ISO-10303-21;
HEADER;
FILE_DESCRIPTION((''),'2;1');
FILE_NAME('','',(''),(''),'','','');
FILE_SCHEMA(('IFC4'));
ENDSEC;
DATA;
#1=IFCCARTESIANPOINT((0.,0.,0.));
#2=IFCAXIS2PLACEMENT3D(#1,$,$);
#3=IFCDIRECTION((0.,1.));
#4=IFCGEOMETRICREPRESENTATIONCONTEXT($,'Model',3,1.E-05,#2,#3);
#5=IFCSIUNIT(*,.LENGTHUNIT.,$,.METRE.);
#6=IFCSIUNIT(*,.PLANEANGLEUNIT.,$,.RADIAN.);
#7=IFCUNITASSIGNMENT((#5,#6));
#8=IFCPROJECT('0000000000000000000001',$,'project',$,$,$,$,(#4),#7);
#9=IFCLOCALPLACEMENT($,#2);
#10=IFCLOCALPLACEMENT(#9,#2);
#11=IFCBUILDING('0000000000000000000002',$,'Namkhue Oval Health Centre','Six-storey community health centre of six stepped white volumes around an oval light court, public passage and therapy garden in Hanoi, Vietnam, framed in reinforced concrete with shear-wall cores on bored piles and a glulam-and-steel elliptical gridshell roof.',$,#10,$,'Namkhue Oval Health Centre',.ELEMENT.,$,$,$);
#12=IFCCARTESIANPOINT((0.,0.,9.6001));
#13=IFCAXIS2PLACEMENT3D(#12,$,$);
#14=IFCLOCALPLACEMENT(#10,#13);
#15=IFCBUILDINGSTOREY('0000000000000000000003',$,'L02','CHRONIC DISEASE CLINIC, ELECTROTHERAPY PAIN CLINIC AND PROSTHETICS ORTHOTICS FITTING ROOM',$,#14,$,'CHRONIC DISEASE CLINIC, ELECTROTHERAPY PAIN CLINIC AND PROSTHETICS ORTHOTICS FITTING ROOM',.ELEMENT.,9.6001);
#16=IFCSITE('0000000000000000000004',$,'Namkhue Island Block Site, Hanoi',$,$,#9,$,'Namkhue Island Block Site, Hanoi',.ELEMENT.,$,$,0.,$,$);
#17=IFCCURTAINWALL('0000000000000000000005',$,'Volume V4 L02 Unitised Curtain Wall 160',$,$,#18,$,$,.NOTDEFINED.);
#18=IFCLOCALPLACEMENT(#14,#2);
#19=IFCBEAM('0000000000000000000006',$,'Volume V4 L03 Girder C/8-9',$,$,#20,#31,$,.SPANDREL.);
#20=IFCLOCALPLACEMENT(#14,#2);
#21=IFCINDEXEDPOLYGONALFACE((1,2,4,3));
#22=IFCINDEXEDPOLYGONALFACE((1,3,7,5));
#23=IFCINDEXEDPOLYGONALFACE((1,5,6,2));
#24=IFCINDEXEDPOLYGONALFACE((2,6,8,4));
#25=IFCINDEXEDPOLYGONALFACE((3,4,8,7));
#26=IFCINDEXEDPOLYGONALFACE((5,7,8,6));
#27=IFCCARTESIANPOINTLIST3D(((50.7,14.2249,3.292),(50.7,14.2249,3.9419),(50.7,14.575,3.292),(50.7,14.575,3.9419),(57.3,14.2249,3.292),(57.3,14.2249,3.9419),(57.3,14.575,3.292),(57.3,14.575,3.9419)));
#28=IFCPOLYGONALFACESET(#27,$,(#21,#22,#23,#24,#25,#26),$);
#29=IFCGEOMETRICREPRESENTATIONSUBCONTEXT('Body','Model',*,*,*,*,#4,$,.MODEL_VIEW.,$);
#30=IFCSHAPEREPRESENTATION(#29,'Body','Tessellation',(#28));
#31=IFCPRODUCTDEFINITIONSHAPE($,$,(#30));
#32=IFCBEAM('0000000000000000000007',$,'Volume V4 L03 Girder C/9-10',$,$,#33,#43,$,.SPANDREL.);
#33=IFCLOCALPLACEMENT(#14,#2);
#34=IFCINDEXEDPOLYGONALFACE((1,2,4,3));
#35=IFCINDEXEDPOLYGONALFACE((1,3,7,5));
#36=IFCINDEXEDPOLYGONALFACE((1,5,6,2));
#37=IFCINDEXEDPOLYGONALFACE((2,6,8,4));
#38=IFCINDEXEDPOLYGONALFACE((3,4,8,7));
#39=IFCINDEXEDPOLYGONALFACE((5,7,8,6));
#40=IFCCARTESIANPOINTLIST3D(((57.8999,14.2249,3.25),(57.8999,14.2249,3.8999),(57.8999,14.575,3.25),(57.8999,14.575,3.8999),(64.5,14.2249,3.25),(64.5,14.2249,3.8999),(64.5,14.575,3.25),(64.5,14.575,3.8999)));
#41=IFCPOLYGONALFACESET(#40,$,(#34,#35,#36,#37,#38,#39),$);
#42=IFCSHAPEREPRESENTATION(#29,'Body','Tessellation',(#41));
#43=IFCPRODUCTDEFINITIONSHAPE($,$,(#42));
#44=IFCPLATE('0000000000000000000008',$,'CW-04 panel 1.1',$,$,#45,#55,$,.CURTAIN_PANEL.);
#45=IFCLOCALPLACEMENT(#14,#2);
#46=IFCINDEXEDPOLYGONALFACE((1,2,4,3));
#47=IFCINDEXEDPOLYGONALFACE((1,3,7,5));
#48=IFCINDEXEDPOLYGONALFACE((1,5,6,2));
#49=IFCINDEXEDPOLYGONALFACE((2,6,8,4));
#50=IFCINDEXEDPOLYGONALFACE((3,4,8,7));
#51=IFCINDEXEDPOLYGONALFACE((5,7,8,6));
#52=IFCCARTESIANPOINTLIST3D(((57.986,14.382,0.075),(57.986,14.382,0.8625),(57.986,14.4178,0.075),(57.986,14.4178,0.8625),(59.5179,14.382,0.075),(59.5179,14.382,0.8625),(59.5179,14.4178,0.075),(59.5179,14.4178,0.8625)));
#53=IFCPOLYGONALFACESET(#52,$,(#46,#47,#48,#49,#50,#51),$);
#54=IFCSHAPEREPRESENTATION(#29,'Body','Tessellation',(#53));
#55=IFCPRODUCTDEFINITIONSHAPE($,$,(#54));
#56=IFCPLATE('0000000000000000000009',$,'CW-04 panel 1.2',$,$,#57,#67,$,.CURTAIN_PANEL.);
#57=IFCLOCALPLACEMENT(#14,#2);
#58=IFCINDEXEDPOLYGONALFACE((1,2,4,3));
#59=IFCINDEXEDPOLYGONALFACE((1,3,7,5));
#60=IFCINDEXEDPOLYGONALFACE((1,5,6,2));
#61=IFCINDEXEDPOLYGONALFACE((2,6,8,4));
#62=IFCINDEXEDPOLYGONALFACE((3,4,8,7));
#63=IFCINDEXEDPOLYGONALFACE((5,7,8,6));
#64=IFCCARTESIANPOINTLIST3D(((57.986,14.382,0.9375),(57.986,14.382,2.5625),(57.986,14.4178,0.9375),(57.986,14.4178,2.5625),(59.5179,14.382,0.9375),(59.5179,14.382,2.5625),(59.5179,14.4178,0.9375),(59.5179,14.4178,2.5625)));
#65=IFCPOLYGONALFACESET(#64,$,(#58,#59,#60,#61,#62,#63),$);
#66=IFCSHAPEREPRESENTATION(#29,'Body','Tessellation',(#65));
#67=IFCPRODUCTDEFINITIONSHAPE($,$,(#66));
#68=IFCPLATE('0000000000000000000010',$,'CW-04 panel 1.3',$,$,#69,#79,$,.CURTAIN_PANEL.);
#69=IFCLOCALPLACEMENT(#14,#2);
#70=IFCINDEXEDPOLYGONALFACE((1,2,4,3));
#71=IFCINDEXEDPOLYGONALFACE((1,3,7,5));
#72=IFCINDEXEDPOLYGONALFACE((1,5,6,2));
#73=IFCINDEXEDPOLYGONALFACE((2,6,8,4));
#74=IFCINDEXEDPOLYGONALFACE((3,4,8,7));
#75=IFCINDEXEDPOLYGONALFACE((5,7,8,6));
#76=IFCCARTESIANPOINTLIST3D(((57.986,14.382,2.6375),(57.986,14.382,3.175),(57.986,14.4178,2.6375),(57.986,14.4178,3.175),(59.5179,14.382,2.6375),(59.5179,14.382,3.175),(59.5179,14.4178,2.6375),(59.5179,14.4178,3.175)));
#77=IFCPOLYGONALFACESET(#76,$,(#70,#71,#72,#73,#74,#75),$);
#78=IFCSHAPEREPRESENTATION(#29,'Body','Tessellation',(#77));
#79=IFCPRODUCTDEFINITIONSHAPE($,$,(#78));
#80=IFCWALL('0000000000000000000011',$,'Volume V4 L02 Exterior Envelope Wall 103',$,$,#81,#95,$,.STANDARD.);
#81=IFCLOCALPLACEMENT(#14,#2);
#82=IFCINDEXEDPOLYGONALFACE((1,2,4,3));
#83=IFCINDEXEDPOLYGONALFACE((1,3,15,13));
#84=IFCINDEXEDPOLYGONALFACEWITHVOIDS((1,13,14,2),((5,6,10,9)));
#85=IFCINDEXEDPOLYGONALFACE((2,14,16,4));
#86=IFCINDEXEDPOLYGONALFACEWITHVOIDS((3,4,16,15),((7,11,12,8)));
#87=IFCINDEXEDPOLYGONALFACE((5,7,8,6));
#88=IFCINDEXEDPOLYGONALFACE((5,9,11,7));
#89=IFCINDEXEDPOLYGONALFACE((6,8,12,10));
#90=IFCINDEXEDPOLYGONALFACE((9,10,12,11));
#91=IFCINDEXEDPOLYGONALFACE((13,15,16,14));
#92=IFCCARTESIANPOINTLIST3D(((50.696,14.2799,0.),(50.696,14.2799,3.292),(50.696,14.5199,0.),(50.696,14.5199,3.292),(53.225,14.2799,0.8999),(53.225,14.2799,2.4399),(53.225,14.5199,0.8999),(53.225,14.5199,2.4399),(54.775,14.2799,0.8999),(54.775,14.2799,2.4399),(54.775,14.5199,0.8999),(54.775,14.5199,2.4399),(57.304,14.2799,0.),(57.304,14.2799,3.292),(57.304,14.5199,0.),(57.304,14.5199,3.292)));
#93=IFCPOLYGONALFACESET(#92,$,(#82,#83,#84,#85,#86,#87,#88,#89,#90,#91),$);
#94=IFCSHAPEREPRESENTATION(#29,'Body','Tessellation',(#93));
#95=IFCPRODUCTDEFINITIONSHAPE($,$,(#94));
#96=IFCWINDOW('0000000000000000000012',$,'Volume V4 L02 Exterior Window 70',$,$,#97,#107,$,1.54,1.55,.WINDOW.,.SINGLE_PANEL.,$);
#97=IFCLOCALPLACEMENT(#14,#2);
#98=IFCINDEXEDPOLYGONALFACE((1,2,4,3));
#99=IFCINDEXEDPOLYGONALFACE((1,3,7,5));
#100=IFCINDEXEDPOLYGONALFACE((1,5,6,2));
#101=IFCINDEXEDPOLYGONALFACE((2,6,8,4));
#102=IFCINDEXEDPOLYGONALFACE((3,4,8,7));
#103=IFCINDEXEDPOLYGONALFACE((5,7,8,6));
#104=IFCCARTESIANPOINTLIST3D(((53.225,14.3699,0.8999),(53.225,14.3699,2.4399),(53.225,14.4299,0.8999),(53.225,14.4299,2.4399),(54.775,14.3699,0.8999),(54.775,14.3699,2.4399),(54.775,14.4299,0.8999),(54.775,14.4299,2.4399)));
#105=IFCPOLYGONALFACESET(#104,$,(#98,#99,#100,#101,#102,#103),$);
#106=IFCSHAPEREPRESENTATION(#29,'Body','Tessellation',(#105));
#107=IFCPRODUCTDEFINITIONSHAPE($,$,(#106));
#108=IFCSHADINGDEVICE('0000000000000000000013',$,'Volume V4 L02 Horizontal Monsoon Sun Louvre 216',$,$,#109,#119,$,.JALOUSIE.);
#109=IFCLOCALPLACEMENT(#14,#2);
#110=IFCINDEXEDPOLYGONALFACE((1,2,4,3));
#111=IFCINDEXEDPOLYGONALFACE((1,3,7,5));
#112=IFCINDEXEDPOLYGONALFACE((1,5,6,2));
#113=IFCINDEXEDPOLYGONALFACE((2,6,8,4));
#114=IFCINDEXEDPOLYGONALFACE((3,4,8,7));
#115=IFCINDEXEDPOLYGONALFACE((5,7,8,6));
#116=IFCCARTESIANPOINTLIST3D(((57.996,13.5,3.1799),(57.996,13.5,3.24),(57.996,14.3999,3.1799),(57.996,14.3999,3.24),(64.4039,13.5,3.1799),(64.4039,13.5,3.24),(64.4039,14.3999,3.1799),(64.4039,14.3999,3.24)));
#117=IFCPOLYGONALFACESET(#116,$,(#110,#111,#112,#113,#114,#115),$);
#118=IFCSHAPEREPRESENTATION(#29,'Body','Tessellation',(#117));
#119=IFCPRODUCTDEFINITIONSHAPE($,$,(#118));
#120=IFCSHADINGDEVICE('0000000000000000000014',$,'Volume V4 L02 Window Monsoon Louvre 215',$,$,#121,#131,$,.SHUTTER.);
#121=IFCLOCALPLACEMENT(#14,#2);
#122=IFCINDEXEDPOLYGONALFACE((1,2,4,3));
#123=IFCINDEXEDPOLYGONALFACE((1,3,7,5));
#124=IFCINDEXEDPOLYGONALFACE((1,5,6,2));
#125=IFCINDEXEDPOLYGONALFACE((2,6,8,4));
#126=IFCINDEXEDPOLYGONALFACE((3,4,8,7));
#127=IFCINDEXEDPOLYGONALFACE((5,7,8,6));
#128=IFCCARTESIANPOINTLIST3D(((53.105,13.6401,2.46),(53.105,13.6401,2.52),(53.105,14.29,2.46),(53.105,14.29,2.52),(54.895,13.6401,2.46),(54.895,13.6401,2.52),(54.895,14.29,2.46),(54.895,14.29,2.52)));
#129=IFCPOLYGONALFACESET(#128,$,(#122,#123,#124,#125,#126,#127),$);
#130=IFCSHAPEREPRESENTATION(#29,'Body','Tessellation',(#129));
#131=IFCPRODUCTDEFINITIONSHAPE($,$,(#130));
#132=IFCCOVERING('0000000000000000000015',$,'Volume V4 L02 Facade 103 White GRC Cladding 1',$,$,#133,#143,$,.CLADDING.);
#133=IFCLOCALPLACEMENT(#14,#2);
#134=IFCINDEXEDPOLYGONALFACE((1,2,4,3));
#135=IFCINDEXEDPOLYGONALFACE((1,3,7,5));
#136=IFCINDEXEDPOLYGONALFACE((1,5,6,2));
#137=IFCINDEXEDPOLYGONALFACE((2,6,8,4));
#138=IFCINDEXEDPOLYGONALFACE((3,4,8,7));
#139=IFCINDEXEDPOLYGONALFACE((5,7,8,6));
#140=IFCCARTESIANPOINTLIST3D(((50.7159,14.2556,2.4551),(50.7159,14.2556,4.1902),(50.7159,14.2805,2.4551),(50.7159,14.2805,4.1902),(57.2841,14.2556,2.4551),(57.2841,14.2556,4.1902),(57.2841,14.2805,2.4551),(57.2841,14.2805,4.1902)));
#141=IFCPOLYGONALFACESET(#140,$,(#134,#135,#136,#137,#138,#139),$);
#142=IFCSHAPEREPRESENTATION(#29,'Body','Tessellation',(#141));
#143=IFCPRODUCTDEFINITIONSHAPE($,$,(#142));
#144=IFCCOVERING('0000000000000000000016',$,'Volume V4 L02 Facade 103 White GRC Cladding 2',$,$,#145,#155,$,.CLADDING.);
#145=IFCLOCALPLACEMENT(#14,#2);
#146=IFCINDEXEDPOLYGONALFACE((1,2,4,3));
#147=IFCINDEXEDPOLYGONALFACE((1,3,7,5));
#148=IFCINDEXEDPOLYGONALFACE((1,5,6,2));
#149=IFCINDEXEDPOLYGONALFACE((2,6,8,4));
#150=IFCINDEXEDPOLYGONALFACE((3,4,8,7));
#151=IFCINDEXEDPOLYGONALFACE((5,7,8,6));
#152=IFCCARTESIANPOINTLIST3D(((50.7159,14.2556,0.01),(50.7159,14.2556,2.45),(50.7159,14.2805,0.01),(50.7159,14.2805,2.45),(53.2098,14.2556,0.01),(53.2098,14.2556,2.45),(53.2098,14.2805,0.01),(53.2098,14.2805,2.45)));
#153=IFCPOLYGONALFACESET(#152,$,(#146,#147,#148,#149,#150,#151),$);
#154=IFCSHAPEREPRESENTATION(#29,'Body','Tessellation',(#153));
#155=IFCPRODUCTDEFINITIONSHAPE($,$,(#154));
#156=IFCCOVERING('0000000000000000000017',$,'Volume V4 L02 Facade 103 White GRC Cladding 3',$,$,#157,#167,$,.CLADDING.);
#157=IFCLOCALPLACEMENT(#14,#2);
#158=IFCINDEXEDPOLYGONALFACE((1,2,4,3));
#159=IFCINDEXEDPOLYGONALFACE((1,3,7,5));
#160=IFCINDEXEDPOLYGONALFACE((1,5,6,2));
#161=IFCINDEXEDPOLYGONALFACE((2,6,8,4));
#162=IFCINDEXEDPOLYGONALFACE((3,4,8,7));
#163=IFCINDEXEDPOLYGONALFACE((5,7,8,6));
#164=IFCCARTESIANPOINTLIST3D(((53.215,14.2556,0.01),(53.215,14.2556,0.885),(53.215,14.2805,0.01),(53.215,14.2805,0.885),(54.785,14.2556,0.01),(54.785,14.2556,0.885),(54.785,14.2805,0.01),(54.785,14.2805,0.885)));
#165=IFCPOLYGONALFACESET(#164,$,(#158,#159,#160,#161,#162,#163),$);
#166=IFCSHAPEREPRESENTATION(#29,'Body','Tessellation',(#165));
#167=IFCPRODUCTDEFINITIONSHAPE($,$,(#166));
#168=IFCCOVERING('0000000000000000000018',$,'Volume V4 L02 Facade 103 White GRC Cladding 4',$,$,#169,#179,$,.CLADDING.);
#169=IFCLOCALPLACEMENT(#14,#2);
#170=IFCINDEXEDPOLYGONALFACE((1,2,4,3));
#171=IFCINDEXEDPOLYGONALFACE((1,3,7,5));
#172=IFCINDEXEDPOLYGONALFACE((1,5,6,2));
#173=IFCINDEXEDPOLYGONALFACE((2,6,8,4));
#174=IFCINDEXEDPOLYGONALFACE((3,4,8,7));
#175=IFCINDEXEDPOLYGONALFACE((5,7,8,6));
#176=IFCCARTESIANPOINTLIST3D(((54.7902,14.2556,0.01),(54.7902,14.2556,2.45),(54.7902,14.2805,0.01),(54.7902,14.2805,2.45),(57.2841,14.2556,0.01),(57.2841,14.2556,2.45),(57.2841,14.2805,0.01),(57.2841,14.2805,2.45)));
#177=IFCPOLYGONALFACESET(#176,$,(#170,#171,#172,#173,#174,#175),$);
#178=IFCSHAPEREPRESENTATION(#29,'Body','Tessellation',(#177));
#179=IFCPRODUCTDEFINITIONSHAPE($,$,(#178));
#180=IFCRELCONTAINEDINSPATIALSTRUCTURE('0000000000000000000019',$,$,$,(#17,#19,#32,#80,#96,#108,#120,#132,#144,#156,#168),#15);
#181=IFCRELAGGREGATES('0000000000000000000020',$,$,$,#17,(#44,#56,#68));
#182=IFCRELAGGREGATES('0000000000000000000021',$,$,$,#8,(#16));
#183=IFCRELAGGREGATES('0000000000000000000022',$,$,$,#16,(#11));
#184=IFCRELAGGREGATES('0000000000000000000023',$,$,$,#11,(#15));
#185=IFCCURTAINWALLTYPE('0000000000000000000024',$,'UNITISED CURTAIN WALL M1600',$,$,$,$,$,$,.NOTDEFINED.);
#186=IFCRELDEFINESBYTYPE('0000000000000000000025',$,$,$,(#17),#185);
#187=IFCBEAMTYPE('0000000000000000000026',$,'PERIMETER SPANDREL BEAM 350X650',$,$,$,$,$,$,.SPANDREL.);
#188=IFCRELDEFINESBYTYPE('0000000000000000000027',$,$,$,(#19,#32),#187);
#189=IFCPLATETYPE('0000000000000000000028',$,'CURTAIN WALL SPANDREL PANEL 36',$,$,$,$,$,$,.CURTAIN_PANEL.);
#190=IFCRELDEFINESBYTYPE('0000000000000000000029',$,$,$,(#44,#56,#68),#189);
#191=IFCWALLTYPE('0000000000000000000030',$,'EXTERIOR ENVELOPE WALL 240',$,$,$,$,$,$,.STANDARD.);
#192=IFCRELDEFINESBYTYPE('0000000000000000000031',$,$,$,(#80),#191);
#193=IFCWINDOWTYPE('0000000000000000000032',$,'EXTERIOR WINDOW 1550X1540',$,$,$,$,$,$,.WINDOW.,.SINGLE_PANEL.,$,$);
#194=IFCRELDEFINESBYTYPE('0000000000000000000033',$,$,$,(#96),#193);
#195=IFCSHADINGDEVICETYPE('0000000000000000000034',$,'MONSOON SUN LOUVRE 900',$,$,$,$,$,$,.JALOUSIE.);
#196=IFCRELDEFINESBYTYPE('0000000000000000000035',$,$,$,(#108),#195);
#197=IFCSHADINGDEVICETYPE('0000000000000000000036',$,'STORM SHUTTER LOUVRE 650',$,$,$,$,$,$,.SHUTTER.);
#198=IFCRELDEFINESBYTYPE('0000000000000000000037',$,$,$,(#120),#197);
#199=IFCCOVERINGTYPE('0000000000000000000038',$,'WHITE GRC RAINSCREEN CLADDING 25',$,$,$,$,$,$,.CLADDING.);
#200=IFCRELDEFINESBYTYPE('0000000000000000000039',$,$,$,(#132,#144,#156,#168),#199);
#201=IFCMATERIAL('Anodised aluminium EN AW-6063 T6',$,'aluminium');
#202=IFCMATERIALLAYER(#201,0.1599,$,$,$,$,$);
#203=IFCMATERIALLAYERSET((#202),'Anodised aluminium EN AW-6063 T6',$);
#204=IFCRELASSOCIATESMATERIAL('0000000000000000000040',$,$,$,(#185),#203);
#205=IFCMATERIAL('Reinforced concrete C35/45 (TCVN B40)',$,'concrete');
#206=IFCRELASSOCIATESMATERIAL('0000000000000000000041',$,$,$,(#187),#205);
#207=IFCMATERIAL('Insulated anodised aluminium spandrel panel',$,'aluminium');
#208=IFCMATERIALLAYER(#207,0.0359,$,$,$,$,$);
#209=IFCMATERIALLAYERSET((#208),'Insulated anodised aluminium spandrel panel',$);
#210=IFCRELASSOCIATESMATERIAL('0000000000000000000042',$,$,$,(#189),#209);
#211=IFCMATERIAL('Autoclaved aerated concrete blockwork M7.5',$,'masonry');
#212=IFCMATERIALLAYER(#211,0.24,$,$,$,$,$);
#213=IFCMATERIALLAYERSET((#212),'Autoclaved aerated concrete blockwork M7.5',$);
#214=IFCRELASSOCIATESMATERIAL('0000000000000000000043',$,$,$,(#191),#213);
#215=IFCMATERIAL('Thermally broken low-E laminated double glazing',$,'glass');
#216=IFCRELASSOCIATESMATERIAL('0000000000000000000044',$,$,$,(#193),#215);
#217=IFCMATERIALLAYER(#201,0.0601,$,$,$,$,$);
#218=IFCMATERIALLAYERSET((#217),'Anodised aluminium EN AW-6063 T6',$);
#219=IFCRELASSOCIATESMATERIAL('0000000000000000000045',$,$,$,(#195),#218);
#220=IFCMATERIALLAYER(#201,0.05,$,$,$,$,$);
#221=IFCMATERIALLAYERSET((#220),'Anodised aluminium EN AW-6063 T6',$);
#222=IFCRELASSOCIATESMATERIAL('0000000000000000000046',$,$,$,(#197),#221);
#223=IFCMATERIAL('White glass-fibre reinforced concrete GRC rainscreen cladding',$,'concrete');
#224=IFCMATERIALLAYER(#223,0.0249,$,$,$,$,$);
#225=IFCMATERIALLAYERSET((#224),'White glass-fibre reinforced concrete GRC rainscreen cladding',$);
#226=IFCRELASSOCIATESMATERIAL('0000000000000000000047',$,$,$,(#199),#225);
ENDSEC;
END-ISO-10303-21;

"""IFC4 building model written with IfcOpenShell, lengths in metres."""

from ifc_helpers import new_model, si_unit, direction, frame, frame_2d, origin, origin_2d, place, context, subcontext, project, spatial, rectangle, extrude, material, layer, layer_set, material_profile, profile_set, type_object, element, fill, aggregate, save


model = new_model("IFC4")

# Units and contexts
model_context = context("Model", 3, precision=1e-05, world=origin(), true_north=direction((0.0, 1.0)))
body_context = subcontext(model_context, "Body", "Model", "MODEL_VIEW")
ifc_project = project(units=[si_unit("LENGTHUNIT", "METRE"), si_unit("PLANEANGLEUNIT", "RADIAN")], contexts=[model_context])

# Site, building, storey
site_placement = place(None, origin())
site = spatial("IfcSite", under=ifc_project, at=site_placement, Name="Namkhue Island Block Site, Hanoi", LongName="Namkhue Island Block Site, Hanoi", CompositionType="ELEMENT", RefElevation=0.0)
building_placement = place(site_placement, origin())
building = spatial("IfcBuilding", under=site, at=building_placement, Name="Namkhue Oval Health Centre", Description="Six-storey community health centre of six stepped white volumes around an oval light court, public passage and therapy garden in Hanoi, Vietnam, framed in reinforced concrete with shear-wall cores on bored piles and a glulam-and-steel elliptical gridshell roof.", LongName="Namkhue Oval Health Centre", CompositionType="ELEMENT")
storey_placement = place(building_placement, frame((0.0, 0.0, 9.6001)))
storey = spatial("IfcBuildingStorey", under=building, at=storey_placement, Name="L02", Description="CHRONIC DISEASE CLINIC, ELECTROTHERAPY PAIN CLINIC AND PROSTHETICS ORTHOTICS FITTING ROOM", LongName="CHRONIC DISEASE CLINIC, ELECTROTHERAPY PAIN CLINIC AND PROSTHETICS ORTHOTICS FITTING ROOM", CompositionType="ELEMENT", Elevation=9.6001)

# Shared definitions
ifc_material_1 = material(Name="Reinforced concrete C35/45 (TCVN B40)", Category="concrete")

# Curtain wall
ifc_material_2 = material(Name="Anodised aluminium EN AW-6063 T6", Category="aluminium")
ifc_layer_1 = layer(ifc_material_2, 0.1599)
ifc_layer_set_1 = layer_set([ifc_layer_1], Name="Anodised aluminium EN AW-6063 T6")
curtain_wall_type = type_object("IfcCurtainWallType", Name="UNITISED CURTAIN WALL M1600", PredefinedType="NOTDEFINED", material=ifc_layer_set_1)
curtain_wall_placement = place(storey_placement, origin())
curtain_wall = element("IfcCurtainWall", 1, at=curtain_wall_placement, inside=storey, type_object=curtain_wall_type, Name="Volume V4 L02 Unitised Curtain Wall 160", PredefinedType="NOTDEFINED")

# Beams
ifc_material_profile_1 = material_profile(ifc_material_1, rectangle(XDim=0.3501, YDim=0.6499, at=origin_2d()), Name="RC 350x650")
ifc_profile_set_1 = profile_set([ifc_material_profile_1], Name="Reinforced concrete C35/45 (TCVN B40)")
beam_type = type_object("IfcBeamType", Name="PERIMETER SPANDREL BEAM 350X650", PredefinedType="SPANDREL", material=ifc_profile_set_1)
for number, where, z_axis, x_axis, name in (
    (2, (50.7, 14.3999, 3.6169), (1.0, 0.0, 0.0), (0.0, 1.0, 0.0), "Volume V4 L03 Girder C/8-9"),
    (3, (57.8999, 14.3999, 3.575), (1.0, 0.0, 0.0), (0.0, 1.0, 0.0), "Volume V4 L03 Girder C/9-10"),
):
    element("IfcBeam", number, at=place(storey_placement, frame(where, z_axis=z_axis, x_axis=x_axis)), inside=storey, type_object=beam_type, Name=name, PredefinedType="SPANDREL", context=body_context, shape_type="SweptSolid", body=[
        extrude(rectangle(XDim=0.3501, YDim=0.6499, at=origin_2d()), origin(), (0.0, 0.0, 1.0), 6.6001),
    ])

# Plates
ifc_material_3 = material(Name="Insulated anodised aluminium spandrel panel", Category="aluminium")
ifc_layer_2 = layer(ifc_material_3, 0.0359)
ifc_layer_set_2 = layer_set([ifc_layer_2], Name="Insulated anodised aluminium spandrel panel")
plate_type = type_object("IfcPlateType", Name="CURTAIN WALL SPANDREL PANEL 36", PredefinedType="CURTAIN_PANEL", material=ifc_layer_set_2)
plate_1_placement = place(storey_placement, frame((58.752, 14.3999, 0.075), z_axis=(0.0, 0.0, 1.0), x_axis=(1.0, 0.0, 0.0)))
plate_1 = element("IfcPlate", 4, at=plate_1_placement, type_object=plate_type, Name="CW-04 panel 1.1", PredefinedType="CURTAIN_PANEL", context=body_context, shape_type="SweptSolid", body=[
    extrude(rectangle(XDim=1.532, YDim=0.0359, at=origin_2d()), origin(), (0.0, 0.0, 1.0), 0.7876),
])
plate_2_placement = place(storey_placement, frame((58.752, 14.3999, 0.9375), z_axis=(0.0, 0.0, 1.0), x_axis=(1.0, 0.0, 0.0)))
plate_2 = element("IfcPlate", 5, at=plate_2_placement, type_object=plate_type, Name="CW-04 panel 1.2", PredefinedType="CURTAIN_PANEL", context=body_context, shape_type="SweptSolid", body=[
    extrude(rectangle(XDim=1.532, YDim=0.0359, at=origin_2d()), origin(), (0.0, 0.0, 1.0), 1.625),
])
plate_3_placement = place(storey_placement, frame((58.752, 14.3999, 2.6375), z_axis=(0.0, 0.0, 1.0), x_axis=(1.0, 0.0, 0.0)))
plate_3 = element("IfcPlate", 6, at=plate_3_placement, type_object=plate_type, Name="CW-04 panel 1.3", PredefinedType="CURTAIN_PANEL", context=body_context, shape_type="SweptSolid", body=[
    extrude(rectangle(XDim=1.532, YDim=0.0359, at=origin_2d()), origin(), (0.0, 0.0, 1.0), 0.5376),
])
aggregate(curtain_wall, [plate_1, plate_2, plate_3])

# Wall, opening, window
ifc_material_4 = material(Name="Autoclaved aerated concrete blockwork M7.5", Category="masonry")
ifc_layer_3 = layer(ifc_material_4, 0.24)
ifc_layer_set_3 = layer_set([ifc_layer_3], Name="Autoclaved aerated concrete blockwork M7.5")
wall_type = type_object("IfcWallType", Name="EXTERIOR ENVELOPE WALL 240", PredefinedType="STANDARD", material=ifc_layer_set_3)
wall_placement = place(storey_placement, frame((50.696, 14.3999, 0.0), z_axis=(0.0, 0.0, 1.0), x_axis=(1.0, 0.0, 0.0)))
wall = element("IfcWall", 7, at=wall_placement, inside=storey, type_object=wall_type, Name="Volume V4 L02 Exterior Envelope Wall 103", PredefinedType="STANDARD", context=body_context, shape_type="SweptSolid", body=[
    extrude(rectangle(XDim=6.6079, YDim=0.24, at=frame_2d((3.304, 0.0))), origin(), (0.0, 0.0, 1.0), 3.292),
])
opening_placement = place(wall_placement, frame((2.5291, 0.0, 0.8999)))
opening = element("IfcOpeningElement", 8, at=opening_placement, cuts=wall, PredefinedType="OPENING", context=body_context, shape_type="SweptSolid", body=[
    extrude(rectangle(XDim=1.55, YDim=1.54, at=frame_2d((0.7749, 0.77))), frame((0.0, 0.1299, 0.0), z_axis=(0.0, -1.0, 0.0), x_axis=(1.0, 0.0, 0.0)), (0.0, 0.0, 1.0), 0.26),
])
ifc_material_5 = material(Name="Thermally broken low-E laminated double glazing", Category="glass")
window_type = type_object("IfcWindowType", Name="EXTERIOR WINDOW 1550X1540", PartitioningType="SINGLE_PANEL", PredefinedType="WINDOW", material=ifc_material_5)
window_placement = place(opening_placement, origin())
window = element("IfcWindow", 9, at=window_placement, inside=storey, type_object=window_type, Name="Volume V4 L02 Exterior Window 70", OverallHeight=1.54, OverallWidth=1.55, PartitioningType="SINGLE_PANEL", PredefinedType="WINDOW", context=body_context, shape_type="SweptSolid", body=[
    extrude(rectangle(XDim=1.55, YDim=1.54, at=frame_2d((0.7749, 0.77))), frame((0.0, 0.03, 0.0), z_axis=(0.0, -1.0, 0.0), x_axis=(1.0, 0.0, 0.0)), (0.0, 0.0, 1.0), 0.0601),
])
fill(opening, window)

# Shading devices
ifc_layer_4 = layer(ifc_material_2, 0.0601)
ifc_layer_set_4 = layer_set([ifc_layer_4], Name="Anodised aluminium EN AW-6063 T6")
shading_device_type_1 = type_object("IfcShadingDeviceType", Name="MONSOON SUN LOUVRE 900", PredefinedType="JALOUSIE", material=ifc_layer_set_4)
shading_device_1_placement = place(storey_placement, frame((61.2, 13.95, 3.1799), z_axis=(0.0, 0.0, 1.0), x_axis=(1.0, 0.0, 0.0)))
element("IfcShadingDevice", 10, at=shading_device_1_placement, inside=storey, type_object=shading_device_type_1, Name="Volume V4 L02 Horizontal Monsoon Sun Louvre 216", PredefinedType="JALOUSIE", context=body_context, shape_type="SweptSolid", body=[
    extrude(rectangle(XDim=6.408, YDim=0.8999, at=origin_2d()), origin(), (0.0, 0.0, 1.0), 0.0601),
])
ifc_layer_5 = layer(ifc_material_2, 0.05)
ifc_layer_set_5 = layer_set([ifc_layer_5], Name="Anodised aluminium EN AW-6063 T6")
shading_device_type_2 = type_object("IfcShadingDeviceType", Name="STORM SHUTTER LOUVRE 650", PredefinedType="SHUTTER", material=ifc_layer_set_5)
shading_device_2_placement = place(storey_placement, frame((54.0, 13.9651, 2.46), z_axis=(0.0, 0.0, 1.0), x_axis=(1.0, 0.0, 0.0)))
element("IfcShadingDevice", 11, at=shading_device_2_placement, inside=storey, type_object=shading_device_type_2, Name="Volume V4 L02 Window Monsoon Louvre 215", PredefinedType="SHUTTER", context=body_context, shape_type="SweptSolid", body=[
    extrude(rectangle(XDim=1.79, YDim=0.6499, at=origin_2d()), origin(), (0.0, 0.0, 1.0), 0.0601),
])

# Coverings
ifc_material_6 = material(Name="White glass-fibre reinforced concrete GRC rainscreen cladding", Category="concrete")
ifc_layer_6 = layer(ifc_material_6, 0.0249)
ifc_layer_set_6 = layer_set([ifc_layer_6], Name="White glass-fibre reinforced concrete GRC rainscreen cladding")
covering_type = type_object("IfcCoveringType", Name="WHITE GRC RAINSCREEN CLADDING 25", PredefinedType="CLADDING", material=ifc_layer_set_6)
covering_1_placement = place(storey_placement, frame((54.0, 14.2681, 2.4551), z_axis=(0.0, 0.0, 1.0), x_axis=(1.0, 0.0, 0.0)))
element("IfcCovering", 12, at=covering_1_placement, inside=storey, type_object=covering_type, Name="Volume V4 L02 Facade 103 White GRC Cladding 1", PredefinedType="CLADDING", context=body_context, shape_type="SweptSolid", body=[
    extrude(rectangle(XDim=6.5681, YDim=0.0249, at=origin_2d()), origin(), (0.0, 0.0, 1.0), 1.7351),
])
covering_2_placement = place(storey_placement, frame((51.9629, 14.2681, 0.01), z_axis=(0.0, 0.0, 1.0), x_axis=(1.0, 0.0, 0.0)))
element("IfcCovering", 13, at=covering_2_placement, inside=storey, type_object=covering_type, Name="Volume V4 L02 Facade 103 White GRC Cladding 2", PredefinedType="CLADDING", context=body_context, shape_type="SweptSolid", body=[
    extrude(rectangle(XDim=2.4939, YDim=0.0249, at=origin_2d()), origin(), (0.0, 0.0, 1.0), 2.4399),
])
covering_3_placement = place(storey_placement, frame((54.0, 14.2681, 0.01), z_axis=(0.0, 0.0, 1.0), x_axis=(1.0, 0.0, 0.0)))
element("IfcCovering", 14, at=covering_3_placement, inside=storey, type_object=covering_type, Name="Volume V4 L02 Facade 103 White GRC Cladding 3", PredefinedType="CLADDING", context=body_context, shape_type="SweptSolid", body=[
    extrude(rectangle(XDim=1.5701, YDim=0.0249, at=origin_2d()), origin(), (0.0, 0.0, 1.0), 0.875),
])
covering_4_placement = place(storey_placement, frame((56.0371, 14.2681, 0.01), z_axis=(0.0, 0.0, 1.0), x_axis=(1.0, 0.0, 0.0)))
element("IfcCovering", 15, at=covering_4_placement, inside=storey, type_object=covering_type, Name="Volume V4 L02 Facade 103 White GRC Cladding 4", PredefinedType="CLADDING", context=body_context, shape_type="SweptSolid", body=[
    extrude(rectangle(XDim=2.4939, YDim=0.0249, at=origin_2d()), origin(), (0.0, 0.0, 1.0), 2.4399),
])

save(model, "model.ifc")
